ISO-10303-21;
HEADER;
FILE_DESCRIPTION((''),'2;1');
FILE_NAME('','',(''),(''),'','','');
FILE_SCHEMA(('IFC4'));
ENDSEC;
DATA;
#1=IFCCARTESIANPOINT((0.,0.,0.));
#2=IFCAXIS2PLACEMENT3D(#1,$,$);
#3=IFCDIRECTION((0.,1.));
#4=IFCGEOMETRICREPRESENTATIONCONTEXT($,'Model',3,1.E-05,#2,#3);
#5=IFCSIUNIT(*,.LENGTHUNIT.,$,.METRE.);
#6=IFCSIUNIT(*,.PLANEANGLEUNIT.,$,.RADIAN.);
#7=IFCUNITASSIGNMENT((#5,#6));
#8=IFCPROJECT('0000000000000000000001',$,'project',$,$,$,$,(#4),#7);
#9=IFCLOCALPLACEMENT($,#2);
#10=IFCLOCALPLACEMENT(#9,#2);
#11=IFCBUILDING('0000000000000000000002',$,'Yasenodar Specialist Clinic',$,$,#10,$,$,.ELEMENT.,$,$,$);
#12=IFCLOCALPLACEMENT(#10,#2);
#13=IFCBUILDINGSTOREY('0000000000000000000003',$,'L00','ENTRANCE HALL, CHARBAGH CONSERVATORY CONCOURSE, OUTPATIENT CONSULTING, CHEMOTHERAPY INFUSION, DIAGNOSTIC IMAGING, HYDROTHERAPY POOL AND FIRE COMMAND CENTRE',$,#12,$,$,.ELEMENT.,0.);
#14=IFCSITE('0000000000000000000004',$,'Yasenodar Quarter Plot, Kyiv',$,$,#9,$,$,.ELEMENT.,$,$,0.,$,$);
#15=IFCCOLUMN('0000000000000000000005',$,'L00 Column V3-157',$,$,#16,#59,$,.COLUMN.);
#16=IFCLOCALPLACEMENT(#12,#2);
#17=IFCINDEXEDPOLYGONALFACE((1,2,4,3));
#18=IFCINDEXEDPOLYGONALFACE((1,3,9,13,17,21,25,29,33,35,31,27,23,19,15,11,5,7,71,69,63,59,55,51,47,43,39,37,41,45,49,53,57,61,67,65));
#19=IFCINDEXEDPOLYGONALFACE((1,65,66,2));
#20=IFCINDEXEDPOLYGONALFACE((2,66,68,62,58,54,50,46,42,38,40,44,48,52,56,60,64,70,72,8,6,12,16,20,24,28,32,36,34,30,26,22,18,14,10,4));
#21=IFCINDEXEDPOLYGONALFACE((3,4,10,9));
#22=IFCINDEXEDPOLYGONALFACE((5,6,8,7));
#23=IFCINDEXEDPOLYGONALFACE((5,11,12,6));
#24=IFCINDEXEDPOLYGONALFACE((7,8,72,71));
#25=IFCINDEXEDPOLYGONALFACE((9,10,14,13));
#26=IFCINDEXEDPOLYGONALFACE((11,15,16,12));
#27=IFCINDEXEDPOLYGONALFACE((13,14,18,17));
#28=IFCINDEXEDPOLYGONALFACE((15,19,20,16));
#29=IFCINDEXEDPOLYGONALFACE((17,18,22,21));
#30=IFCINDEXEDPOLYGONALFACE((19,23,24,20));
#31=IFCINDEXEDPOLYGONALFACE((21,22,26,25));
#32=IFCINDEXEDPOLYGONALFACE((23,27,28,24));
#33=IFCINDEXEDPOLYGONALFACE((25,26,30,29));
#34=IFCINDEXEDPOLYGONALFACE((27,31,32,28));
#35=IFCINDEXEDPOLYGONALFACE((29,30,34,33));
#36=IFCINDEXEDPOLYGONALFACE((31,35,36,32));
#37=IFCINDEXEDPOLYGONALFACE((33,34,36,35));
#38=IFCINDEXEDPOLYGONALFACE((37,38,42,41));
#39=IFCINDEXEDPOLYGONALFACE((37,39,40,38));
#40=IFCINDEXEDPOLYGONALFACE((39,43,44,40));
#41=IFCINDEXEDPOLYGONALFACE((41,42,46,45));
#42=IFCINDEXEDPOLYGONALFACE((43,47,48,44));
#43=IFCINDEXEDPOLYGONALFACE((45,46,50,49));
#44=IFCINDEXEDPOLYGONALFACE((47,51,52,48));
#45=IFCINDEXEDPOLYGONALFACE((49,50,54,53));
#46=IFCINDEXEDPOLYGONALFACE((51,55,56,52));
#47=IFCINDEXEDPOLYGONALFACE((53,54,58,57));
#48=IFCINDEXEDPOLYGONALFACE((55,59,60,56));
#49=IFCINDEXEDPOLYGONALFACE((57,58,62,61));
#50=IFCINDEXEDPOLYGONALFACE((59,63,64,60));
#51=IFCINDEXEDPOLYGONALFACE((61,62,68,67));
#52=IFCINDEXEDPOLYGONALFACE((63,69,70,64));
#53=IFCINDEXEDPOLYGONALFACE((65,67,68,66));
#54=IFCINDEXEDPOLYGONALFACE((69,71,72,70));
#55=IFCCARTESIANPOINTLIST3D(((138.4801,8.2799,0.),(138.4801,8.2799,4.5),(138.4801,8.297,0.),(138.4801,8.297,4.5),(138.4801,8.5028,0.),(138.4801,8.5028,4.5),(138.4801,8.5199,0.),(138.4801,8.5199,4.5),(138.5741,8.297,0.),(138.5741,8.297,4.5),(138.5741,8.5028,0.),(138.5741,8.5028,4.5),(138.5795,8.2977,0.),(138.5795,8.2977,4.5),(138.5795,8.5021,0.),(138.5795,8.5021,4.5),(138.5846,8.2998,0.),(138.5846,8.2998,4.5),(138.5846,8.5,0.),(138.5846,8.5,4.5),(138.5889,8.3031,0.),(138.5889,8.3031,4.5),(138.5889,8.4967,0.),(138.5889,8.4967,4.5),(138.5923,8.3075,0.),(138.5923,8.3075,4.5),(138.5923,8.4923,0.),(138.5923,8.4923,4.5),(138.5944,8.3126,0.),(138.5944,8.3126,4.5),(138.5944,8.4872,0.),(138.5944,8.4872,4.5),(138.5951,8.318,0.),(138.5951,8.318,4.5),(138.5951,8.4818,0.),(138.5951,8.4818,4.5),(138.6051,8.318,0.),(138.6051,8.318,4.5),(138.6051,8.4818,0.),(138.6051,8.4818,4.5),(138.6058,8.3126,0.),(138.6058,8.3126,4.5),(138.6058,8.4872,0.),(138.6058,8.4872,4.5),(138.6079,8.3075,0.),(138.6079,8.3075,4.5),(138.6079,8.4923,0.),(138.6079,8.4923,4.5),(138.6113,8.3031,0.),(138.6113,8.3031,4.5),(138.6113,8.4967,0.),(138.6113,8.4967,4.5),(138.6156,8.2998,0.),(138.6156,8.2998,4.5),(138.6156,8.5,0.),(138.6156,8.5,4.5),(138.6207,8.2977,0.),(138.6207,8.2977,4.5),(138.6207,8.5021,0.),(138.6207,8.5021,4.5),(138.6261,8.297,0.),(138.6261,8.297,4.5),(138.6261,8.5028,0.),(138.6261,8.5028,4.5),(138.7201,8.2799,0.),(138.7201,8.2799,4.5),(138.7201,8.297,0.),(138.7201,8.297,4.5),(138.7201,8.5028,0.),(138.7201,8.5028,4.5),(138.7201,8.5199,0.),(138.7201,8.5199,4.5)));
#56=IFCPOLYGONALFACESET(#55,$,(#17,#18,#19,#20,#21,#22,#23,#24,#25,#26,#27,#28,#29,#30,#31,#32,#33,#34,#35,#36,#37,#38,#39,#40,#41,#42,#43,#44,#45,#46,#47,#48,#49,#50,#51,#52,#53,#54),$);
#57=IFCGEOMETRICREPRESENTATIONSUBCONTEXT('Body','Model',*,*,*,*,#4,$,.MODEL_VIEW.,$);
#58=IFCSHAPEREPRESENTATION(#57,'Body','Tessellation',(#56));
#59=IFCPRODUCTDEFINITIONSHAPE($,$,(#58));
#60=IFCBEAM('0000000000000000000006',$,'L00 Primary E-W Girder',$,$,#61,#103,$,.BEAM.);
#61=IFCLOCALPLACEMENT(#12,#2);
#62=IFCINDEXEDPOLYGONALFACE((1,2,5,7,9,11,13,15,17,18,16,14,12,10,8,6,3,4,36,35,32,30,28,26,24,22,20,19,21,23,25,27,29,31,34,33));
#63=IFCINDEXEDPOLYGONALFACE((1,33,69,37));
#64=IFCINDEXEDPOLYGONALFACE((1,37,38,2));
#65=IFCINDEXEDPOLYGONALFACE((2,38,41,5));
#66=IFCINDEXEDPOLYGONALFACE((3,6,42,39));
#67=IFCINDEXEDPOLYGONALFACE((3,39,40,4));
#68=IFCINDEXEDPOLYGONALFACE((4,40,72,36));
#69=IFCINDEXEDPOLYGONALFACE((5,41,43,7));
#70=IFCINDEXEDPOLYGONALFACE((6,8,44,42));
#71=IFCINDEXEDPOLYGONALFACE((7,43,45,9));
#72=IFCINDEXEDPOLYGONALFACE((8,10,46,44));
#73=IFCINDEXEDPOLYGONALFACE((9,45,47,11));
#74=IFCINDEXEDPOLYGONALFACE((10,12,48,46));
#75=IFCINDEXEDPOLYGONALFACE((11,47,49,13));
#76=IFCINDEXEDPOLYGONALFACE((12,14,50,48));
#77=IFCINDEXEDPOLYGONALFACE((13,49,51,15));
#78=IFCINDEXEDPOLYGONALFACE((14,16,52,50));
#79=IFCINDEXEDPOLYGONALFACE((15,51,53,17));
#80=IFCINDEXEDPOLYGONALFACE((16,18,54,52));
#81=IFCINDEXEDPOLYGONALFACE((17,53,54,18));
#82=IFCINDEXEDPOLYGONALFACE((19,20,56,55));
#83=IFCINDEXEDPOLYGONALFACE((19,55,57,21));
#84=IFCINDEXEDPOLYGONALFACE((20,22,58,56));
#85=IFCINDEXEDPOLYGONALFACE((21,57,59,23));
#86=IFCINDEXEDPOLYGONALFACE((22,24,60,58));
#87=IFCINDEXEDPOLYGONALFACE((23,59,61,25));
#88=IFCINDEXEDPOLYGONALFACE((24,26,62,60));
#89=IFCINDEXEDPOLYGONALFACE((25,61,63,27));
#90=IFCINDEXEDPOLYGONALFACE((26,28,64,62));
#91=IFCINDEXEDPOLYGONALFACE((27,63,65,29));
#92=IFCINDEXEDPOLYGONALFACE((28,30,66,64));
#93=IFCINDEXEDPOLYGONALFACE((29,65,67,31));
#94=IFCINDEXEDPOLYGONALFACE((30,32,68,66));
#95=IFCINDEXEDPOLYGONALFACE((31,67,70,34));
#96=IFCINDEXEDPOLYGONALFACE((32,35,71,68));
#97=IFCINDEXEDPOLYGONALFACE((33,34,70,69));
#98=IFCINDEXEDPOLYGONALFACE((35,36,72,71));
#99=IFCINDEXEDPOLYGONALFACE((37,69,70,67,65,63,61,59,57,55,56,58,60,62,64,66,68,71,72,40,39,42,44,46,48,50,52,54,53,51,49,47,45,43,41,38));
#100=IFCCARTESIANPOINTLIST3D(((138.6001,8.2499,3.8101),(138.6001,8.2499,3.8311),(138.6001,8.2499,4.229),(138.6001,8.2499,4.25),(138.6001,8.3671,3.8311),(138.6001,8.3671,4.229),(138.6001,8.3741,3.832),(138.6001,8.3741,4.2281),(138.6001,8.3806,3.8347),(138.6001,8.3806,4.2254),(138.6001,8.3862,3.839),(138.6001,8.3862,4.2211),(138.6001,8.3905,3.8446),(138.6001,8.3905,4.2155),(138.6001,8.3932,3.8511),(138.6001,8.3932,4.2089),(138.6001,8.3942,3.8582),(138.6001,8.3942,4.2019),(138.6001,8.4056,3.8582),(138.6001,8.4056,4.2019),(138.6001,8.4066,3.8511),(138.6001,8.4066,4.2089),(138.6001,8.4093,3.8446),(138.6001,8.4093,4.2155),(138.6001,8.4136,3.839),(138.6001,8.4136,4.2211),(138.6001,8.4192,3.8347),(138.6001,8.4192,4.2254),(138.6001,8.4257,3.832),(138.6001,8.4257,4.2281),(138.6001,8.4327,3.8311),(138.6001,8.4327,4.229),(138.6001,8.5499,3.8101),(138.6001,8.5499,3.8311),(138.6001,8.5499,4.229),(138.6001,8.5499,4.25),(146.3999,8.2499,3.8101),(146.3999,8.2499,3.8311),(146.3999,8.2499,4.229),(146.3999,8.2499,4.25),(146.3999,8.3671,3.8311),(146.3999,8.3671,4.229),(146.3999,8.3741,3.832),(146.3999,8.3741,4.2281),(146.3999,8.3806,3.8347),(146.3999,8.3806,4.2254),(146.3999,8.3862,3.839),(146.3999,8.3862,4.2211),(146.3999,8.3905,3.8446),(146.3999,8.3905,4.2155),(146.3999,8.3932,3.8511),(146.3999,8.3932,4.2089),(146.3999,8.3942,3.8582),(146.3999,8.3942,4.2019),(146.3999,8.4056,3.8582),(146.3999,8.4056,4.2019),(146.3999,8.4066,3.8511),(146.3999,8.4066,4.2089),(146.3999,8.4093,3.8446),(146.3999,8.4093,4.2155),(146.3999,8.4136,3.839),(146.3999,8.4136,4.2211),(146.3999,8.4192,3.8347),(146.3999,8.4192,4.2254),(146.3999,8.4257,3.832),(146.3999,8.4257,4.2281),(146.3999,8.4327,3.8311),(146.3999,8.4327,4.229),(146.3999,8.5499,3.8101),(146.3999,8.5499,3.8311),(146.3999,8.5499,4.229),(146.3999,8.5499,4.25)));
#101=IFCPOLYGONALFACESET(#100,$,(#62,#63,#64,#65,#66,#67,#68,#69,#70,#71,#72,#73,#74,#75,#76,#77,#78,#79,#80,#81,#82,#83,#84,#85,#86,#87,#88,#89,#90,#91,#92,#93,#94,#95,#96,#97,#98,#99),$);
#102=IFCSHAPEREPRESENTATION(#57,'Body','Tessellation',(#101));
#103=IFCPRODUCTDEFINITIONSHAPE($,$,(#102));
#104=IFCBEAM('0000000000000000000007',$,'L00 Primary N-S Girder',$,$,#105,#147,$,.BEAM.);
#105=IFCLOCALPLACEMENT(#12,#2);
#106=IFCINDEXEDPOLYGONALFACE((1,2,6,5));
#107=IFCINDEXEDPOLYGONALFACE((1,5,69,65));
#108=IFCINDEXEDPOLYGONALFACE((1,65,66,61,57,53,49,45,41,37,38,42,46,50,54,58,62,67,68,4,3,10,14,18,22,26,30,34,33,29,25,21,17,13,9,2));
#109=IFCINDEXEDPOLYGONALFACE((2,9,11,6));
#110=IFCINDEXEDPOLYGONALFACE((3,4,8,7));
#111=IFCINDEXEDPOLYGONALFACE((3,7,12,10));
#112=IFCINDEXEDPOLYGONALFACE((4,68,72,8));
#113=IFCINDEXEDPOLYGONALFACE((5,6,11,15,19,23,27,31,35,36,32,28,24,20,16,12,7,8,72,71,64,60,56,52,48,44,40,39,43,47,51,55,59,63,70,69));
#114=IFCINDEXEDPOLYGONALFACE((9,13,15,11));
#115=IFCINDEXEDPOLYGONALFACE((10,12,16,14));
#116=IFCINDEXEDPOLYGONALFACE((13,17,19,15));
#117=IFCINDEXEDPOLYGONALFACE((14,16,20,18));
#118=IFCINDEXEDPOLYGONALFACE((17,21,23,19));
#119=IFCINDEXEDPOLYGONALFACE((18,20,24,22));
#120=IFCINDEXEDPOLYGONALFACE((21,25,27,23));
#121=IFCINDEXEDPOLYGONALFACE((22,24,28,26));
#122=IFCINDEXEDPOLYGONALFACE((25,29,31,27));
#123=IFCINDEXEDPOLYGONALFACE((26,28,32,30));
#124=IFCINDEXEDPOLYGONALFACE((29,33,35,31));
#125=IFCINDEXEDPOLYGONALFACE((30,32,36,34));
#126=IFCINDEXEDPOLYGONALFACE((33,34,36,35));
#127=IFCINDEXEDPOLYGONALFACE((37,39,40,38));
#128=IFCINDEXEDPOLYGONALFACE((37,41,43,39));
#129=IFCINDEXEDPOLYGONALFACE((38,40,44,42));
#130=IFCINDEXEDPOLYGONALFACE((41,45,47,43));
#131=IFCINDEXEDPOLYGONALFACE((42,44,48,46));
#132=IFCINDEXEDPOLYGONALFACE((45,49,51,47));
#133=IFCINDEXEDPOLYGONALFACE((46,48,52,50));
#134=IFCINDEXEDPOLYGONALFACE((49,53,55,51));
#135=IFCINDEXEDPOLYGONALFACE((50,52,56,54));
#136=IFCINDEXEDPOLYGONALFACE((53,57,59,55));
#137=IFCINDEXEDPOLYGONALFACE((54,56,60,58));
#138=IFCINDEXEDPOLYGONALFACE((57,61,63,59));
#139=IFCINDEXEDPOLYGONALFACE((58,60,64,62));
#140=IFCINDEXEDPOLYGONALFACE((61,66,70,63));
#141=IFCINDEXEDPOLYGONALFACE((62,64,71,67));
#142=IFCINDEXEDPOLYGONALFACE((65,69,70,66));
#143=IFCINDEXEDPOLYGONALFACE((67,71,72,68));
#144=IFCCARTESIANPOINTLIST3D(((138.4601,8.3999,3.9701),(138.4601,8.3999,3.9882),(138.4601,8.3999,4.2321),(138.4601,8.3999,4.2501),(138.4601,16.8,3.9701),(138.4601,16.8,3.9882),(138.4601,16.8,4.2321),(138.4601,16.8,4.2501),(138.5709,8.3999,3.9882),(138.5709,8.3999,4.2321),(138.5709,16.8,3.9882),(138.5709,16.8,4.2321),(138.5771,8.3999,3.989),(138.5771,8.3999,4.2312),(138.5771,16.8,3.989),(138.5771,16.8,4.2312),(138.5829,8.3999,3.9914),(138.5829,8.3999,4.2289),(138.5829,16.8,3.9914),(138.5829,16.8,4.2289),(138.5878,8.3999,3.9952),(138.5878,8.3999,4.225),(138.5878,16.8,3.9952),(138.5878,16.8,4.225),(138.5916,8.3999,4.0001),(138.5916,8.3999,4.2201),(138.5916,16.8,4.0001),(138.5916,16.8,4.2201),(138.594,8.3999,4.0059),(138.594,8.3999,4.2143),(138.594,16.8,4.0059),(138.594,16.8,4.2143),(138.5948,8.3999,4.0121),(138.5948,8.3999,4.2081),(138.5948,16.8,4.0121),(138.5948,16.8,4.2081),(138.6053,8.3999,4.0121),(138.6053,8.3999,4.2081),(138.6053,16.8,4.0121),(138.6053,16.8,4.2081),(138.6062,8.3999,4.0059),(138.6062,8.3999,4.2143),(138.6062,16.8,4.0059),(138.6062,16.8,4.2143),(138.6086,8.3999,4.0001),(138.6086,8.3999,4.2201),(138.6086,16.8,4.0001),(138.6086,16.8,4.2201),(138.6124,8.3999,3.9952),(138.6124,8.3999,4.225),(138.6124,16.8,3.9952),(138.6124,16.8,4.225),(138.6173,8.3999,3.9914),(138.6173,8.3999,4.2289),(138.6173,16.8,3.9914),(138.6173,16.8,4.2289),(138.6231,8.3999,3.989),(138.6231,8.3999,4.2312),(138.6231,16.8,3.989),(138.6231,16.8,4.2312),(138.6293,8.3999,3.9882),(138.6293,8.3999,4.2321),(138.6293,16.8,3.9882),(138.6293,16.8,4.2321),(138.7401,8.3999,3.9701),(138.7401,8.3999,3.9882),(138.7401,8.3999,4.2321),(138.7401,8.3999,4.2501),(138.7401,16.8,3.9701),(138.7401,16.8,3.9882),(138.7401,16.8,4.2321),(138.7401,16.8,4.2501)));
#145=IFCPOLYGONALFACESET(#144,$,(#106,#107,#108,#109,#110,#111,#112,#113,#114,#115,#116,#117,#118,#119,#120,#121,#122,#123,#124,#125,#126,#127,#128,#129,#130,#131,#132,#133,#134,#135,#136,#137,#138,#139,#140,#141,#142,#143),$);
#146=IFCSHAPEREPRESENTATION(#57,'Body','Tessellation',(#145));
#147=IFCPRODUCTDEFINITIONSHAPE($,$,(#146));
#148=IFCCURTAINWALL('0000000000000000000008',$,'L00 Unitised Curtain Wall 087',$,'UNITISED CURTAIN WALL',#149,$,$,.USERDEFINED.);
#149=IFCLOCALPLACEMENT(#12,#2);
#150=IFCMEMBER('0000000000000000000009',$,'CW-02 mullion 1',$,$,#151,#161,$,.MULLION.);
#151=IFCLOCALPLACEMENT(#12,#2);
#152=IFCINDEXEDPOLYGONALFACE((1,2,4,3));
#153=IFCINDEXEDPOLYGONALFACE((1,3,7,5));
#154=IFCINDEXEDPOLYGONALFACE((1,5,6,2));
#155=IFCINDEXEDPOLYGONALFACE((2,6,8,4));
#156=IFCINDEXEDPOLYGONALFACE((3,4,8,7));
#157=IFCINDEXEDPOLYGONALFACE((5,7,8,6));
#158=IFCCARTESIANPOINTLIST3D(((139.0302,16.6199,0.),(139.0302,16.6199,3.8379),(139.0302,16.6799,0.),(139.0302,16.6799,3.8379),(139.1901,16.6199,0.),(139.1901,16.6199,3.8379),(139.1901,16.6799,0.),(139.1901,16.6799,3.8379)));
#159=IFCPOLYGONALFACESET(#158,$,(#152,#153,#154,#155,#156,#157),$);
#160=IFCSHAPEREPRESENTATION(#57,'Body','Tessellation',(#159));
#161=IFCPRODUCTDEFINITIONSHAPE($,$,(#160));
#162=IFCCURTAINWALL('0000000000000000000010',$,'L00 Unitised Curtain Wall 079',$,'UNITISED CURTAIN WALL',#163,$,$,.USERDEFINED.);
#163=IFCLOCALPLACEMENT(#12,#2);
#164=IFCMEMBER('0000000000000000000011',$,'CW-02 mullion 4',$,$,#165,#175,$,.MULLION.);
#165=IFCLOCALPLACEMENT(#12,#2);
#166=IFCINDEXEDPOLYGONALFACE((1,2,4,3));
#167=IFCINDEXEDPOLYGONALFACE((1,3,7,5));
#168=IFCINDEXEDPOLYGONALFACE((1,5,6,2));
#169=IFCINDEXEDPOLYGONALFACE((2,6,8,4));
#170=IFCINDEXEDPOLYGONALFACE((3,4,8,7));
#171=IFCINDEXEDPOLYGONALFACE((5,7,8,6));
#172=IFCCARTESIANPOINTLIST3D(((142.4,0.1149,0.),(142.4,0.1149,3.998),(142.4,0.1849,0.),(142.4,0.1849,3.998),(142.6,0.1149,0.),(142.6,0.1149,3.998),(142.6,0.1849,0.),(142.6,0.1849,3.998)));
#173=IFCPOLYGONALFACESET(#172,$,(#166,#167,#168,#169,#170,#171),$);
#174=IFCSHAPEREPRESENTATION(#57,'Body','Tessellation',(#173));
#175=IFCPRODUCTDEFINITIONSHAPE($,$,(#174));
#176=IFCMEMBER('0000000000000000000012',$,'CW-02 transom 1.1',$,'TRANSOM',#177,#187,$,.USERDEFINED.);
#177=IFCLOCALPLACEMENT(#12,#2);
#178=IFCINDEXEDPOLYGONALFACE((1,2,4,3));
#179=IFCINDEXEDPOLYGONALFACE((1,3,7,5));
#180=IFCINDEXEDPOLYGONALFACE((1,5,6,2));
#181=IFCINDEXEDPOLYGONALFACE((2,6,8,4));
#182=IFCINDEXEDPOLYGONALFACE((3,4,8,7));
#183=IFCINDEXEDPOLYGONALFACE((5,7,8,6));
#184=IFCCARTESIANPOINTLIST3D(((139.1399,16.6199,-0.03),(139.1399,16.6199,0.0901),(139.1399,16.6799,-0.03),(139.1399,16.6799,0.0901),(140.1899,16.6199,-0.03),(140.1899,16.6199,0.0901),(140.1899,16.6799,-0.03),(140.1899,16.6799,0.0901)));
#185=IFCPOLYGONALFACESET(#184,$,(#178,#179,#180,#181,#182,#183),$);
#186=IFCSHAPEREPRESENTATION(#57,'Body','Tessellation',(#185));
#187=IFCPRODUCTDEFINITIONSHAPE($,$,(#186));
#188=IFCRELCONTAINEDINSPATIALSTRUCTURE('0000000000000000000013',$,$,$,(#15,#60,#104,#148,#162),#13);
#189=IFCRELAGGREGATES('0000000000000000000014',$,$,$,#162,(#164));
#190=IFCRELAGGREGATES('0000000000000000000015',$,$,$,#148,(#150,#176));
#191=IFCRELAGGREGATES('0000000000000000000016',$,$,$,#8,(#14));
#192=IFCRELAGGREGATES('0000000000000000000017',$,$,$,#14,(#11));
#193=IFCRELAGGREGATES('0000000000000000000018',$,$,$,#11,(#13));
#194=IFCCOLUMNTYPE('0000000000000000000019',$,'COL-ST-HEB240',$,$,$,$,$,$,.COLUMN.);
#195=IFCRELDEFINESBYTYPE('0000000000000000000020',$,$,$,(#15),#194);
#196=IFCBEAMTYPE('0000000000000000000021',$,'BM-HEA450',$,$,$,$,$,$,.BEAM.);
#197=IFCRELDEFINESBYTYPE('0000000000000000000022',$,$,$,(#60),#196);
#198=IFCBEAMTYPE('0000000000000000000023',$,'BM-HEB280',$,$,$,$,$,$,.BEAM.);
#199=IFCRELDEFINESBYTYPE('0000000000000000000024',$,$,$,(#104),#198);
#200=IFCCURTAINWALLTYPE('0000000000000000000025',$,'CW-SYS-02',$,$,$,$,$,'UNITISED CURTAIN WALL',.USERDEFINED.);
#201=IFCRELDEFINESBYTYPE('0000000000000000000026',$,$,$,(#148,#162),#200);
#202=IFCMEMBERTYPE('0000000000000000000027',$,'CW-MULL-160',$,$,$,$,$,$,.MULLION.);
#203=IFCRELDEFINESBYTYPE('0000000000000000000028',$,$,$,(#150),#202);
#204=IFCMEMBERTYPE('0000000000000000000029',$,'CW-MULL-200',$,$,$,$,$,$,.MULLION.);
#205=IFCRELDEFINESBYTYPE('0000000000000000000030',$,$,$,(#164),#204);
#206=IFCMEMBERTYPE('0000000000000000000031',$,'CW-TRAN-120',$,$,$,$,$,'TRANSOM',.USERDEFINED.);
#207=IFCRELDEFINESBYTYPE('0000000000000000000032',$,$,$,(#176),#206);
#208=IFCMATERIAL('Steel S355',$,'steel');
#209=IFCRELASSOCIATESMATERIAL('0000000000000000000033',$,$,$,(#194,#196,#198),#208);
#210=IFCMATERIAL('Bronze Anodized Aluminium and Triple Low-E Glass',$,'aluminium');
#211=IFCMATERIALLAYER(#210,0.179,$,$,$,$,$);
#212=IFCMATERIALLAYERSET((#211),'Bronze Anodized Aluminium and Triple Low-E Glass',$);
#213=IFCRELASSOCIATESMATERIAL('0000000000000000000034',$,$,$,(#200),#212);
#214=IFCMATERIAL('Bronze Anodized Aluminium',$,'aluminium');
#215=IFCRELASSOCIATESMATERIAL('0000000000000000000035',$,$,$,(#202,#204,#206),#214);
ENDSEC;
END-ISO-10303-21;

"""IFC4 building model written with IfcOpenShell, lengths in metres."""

from ifc_helpers import new_model, si_unit, direction, frame, origin, origin_2d, place, context, subcontext, project, spatial, rectangle, i_section, extrude, material, layer, layer_set, material_profile, profile_set, type_object, element, aggregate, save


model = new_model("IFC4")

# Units and contexts
model_context = context("Model", 3, precision=1e-05, world=origin(), true_north=direction((0.0, 1.0)))
body_context = subcontext(model_context, "Body", "Model", "MODEL_VIEW")
ifc_project = project(units=[si_unit("LENGTHUNIT", "METRE"), si_unit("PLANEANGLEUNIT", "RADIAN")], contexts=[model_context])

# Site, building, storey
site_placement = place(None, origin())
site = spatial("IfcSite", under=ifc_project, at=site_placement, Name="Yasenodar Quarter Plot, Kyiv", CompositionType="ELEMENT", RefElevation=0.0)
building_placement = place(site_placement, origin())
building = spatial("IfcBuilding", under=site, at=building_placement, Name="Yasenodar Specialist Clinic", CompositionType="ELEMENT")
storey_placement = place(building_placement, origin())
storey = spatial("IfcBuildingStorey", under=building, at=storey_placement, Name="L00", Description="ENTRANCE HALL, CHARBAGH CONSERVATORY CONCOURSE, OUTPATIENT CONSULTING, CHEMOTHERAPY INFUSION, DIAGNOSTIC IMAGING, HYDROTHERAPY POOL AND FIRE COMMAND CENTRE", CompositionType="ELEMENT", Elevation=0.0)

# Column
ifc_material_1 = material(Name="Steel S355", Category="steel")
ifc_material_profile_1 = material_profile(ifc_material_1, i_section(OverallWidth=0.24, OverallDepth=0.24, WebThickness=0.01, FlangeThickness=0.0171, FilletRadius=0.021, at=origin_2d()), Name="HEB 240")
ifc_profile_set_1 = profile_set([ifc_material_profile_1], Name="Steel S355")
column_type = type_object("IfcColumnType", Name="COL-ST-HEB240", PredefinedType="COLUMN", material=ifc_profile_set_1)
column_placement = place(storey_placement, frame((138.6001, 8.3999, 0.0), z_axis=(0.0, 0.0, 1.0), x_axis=(1.0, 0.0, 0.0)))
element("IfcColumn", 1, at=column_placement, inside=storey, type_object=column_type, Name="L00 Column V3-157", PredefinedType="COLUMN", context=body_context, shape_type="SweptSolid", body=[
    extrude(i_section(OverallWidth=0.24, OverallDepth=0.24, WebThickness=0.01, FlangeThickness=0.0171, FilletRadius=0.021, at=origin_2d()), origin(), (0.0, 0.0, 1.0), 4.5),
])

# Beams
ifc_material_profile_2 = material_profile(ifc_material_1, i_section(OverallWidth=0.3, OverallDepth=0.4399, WebThickness=0.0115, FlangeThickness=0.021, FilletRadius=0.0271, at=origin_2d()), Name="HEA 450")
ifc_profile_set_2 = profile_set([ifc_material_profile_2], Name="Steel S355")
beam_type_1 = type_object("IfcBeamType", Name="BM-HEA450", PredefinedType="BEAM", material=ifc_profile_set_2)
beam_1_placement = place(storey_placement, frame((138.6001, 8.3999, 4.03), z_axis=(1.0, 0.0, 0.0), x_axis=(0.0, 1.0, 0.0)))
element("IfcBeam", 2, at=beam_1_placement, inside=storey, type_object=beam_type_1, Name="L00 Primary E-W Girder", PredefinedType="BEAM", context=body_context, shape_type="SweptSolid", body=[
    extrude(i_section(OverallWidth=0.3, OverallDepth=0.4399, WebThickness=0.0115, FlangeThickness=0.021, FilletRadius=0.0271, at=origin_2d()), origin(), (0.0, 0.0, 1.0), 7.7998),
])
ifc_material_profile_3 = material_profile(ifc_material_1, i_section(OverallWidth=0.28, OverallDepth=0.28, WebThickness=0.0105, FlangeThickness=0.0181, FilletRadius=0.0239, at=origin_2d()), Name="HEB 280")
ifc_profile_set_3 = profile_set([ifc_material_profile_3], Name="Steel S355")
beam_type_2 = type_object("IfcBeamType", Name="BM-HEB280", PredefinedType="BEAM", material=ifc_profile_set_3)
beam_2_placement = place(storey_placement, frame((138.6001, 8.3999, 4.1101), z_axis=(0.0, 1.0, 0.0), x_axis=(-1.0, 0.0, 0.0)))
element("IfcBeam", 3, at=beam_2_placement, inside=storey, type_object=beam_type_2, Name="L00 Primary N-S Girder", PredefinedType="BEAM", context=body_context, shape_type="SweptSolid", body=[
    extrude(i_section(OverallWidth=0.28, OverallDepth=0.28, WebThickness=0.0105, FlangeThickness=0.0181, FilletRadius=0.0239, at=origin_2d()), origin(), (0.0, 0.0, 1.0), 8.4001),
])

# Curtain walls, members
ifc_material_2 = material(Name="Bronze Anodized Aluminium and Triple Low-E Glass", Category="aluminium")
ifc_layer_1 = layer(ifc_material_2, 0.179)
ifc_layer_set_1 = layer_set([ifc_layer_1], Name="Bronze Anodized Aluminium and Triple Low-E Glass")
curtain_wall_type = type_object("IfcCurtainWallType", Name="CW-SYS-02", ElementType="UNITISED CURTAIN WALL", PredefinedType="USERDEFINED", material=ifc_layer_set_1)
curtain_wall_1_placement = place(storey_placement, origin())
curtain_wall_1 = element("IfcCurtainWall", 4, at=curtain_wall_1_placement, inside=storey, type_object=curtain_wall_type, Name="L00 Unitised Curtain Wall 087", ObjectType="UNITISED CURTAIN WALL", PredefinedType="USERDEFINED")
ifc_material_3 = material(Name="Bronze Anodized Aluminium", Category="aluminium")
ifc_material_profile_4 = material_profile(ifc_material_3, rectangle(XDim=0.0601, YDim=0.1599, at=origin_2d()), Name="CW-MULL 60x160")
ifc_profile_set_4 = profile_set([ifc_material_profile_4], Name="Bronze Anodized Aluminium")
member_type_1 = type_object("IfcMemberType", Name="CW-MULL-160", PredefinedType="MULLION", material=ifc_profile_set_4)
member_1_placement = place(storey_placement, frame((139.1101, 16.6499, 0.0), z_axis=(0.0, 0.0, 1.0), x_axis=(0.0, 1.0, 0.0)))
member_1 = element("IfcMember", 5, at=member_1_placement, type_object=member_type_1, Name="CW-02 mullion 1", PredefinedType="MULLION", context=body_context, shape_type="SweptSolid", body=[
    extrude(rectangle(XDim=0.0601, YDim=0.1599, at=origin_2d()), origin(), (0.0, 0.0, 1.0), 3.8379),
])
curtain_wall_2_placement = place(storey_placement, origin())
curtain_wall_2 = element("IfcCurtainWall", 6, at=curtain_wall_2_placement, inside=storey, type_object=curtain_wall_type, Name="L00 Unitised Curtain Wall 079", ObjectType="UNITISED CURTAIN WALL", PredefinedType="USERDEFINED")
ifc_material_profile_5 = material_profile(ifc_material_3, rectangle(XDim=0.0701, YDim=0.2, at=origin_2d()), Name="CW-MULL 70x200")
ifc_profile_set_5 = profile_set([ifc_material_profile_5], Name="Bronze Anodized Aluminium")
member_type_2 = type_object("IfcMemberType", Name="CW-MULL-200", PredefinedType="MULLION", material=ifc_profile_set_5)
member_2_placement = place(storey_placement, frame((142.5, 0.1499, 0.0), z_axis=(0.0, 0.0, 1.0), x_axis=(0.0, -1.0, 0.0)))
member_2 = element("IfcMember", 7, at=member_2_placement, type_object=member_type_2, Name="CW-02 mullion 4", PredefinedType="MULLION", context=body_context, shape_type="SweptSolid", body=[
    extrude(rectangle(XDim=0.0701, YDim=0.2, at=origin_2d()), origin(), (0.0, 0.0, 1.0), 3.998),
])

# Member
ifc_material_profile_6 = material_profile(ifc_material_3, rectangle(XDim=0.0601, YDim=0.1201, at=origin_2d()), Name="CW-TRAN 60x120")
ifc_profile_set_6 = profile_set([ifc_material_profile_6], Name="Bronze Anodized Aluminium")
member_type_3 = type_object("IfcMemberType", Name="CW-TRAN-120", ElementType="TRANSOM", PredefinedType="USERDEFINED", material=ifc_profile_set_6)
member_3_placement = place(storey_placement, frame((139.1399, 16.6499, 0.03), z_axis=(1.0, 0.0, 0.0), x_axis=(0.0, 1.0, 0.0)))
member_3 = element("IfcMember", 8, at=member_3_placement, type_object=member_type_3, Name="CW-02 transom 1.1", ObjectType="TRANSOM", PredefinedType="USERDEFINED", context=body_context, shape_type="SweptSolid", body=[
    extrude(rectangle(XDim=0.0601, YDim=0.1201, at=origin_2d()), origin(), (0.0, 0.0, 1.0), 1.05),
])

aggregate(curtain_wall_2, [member_2])
aggregate(curtain_wall_1, [member_1, member_3])

save(model, "model.ifc")
